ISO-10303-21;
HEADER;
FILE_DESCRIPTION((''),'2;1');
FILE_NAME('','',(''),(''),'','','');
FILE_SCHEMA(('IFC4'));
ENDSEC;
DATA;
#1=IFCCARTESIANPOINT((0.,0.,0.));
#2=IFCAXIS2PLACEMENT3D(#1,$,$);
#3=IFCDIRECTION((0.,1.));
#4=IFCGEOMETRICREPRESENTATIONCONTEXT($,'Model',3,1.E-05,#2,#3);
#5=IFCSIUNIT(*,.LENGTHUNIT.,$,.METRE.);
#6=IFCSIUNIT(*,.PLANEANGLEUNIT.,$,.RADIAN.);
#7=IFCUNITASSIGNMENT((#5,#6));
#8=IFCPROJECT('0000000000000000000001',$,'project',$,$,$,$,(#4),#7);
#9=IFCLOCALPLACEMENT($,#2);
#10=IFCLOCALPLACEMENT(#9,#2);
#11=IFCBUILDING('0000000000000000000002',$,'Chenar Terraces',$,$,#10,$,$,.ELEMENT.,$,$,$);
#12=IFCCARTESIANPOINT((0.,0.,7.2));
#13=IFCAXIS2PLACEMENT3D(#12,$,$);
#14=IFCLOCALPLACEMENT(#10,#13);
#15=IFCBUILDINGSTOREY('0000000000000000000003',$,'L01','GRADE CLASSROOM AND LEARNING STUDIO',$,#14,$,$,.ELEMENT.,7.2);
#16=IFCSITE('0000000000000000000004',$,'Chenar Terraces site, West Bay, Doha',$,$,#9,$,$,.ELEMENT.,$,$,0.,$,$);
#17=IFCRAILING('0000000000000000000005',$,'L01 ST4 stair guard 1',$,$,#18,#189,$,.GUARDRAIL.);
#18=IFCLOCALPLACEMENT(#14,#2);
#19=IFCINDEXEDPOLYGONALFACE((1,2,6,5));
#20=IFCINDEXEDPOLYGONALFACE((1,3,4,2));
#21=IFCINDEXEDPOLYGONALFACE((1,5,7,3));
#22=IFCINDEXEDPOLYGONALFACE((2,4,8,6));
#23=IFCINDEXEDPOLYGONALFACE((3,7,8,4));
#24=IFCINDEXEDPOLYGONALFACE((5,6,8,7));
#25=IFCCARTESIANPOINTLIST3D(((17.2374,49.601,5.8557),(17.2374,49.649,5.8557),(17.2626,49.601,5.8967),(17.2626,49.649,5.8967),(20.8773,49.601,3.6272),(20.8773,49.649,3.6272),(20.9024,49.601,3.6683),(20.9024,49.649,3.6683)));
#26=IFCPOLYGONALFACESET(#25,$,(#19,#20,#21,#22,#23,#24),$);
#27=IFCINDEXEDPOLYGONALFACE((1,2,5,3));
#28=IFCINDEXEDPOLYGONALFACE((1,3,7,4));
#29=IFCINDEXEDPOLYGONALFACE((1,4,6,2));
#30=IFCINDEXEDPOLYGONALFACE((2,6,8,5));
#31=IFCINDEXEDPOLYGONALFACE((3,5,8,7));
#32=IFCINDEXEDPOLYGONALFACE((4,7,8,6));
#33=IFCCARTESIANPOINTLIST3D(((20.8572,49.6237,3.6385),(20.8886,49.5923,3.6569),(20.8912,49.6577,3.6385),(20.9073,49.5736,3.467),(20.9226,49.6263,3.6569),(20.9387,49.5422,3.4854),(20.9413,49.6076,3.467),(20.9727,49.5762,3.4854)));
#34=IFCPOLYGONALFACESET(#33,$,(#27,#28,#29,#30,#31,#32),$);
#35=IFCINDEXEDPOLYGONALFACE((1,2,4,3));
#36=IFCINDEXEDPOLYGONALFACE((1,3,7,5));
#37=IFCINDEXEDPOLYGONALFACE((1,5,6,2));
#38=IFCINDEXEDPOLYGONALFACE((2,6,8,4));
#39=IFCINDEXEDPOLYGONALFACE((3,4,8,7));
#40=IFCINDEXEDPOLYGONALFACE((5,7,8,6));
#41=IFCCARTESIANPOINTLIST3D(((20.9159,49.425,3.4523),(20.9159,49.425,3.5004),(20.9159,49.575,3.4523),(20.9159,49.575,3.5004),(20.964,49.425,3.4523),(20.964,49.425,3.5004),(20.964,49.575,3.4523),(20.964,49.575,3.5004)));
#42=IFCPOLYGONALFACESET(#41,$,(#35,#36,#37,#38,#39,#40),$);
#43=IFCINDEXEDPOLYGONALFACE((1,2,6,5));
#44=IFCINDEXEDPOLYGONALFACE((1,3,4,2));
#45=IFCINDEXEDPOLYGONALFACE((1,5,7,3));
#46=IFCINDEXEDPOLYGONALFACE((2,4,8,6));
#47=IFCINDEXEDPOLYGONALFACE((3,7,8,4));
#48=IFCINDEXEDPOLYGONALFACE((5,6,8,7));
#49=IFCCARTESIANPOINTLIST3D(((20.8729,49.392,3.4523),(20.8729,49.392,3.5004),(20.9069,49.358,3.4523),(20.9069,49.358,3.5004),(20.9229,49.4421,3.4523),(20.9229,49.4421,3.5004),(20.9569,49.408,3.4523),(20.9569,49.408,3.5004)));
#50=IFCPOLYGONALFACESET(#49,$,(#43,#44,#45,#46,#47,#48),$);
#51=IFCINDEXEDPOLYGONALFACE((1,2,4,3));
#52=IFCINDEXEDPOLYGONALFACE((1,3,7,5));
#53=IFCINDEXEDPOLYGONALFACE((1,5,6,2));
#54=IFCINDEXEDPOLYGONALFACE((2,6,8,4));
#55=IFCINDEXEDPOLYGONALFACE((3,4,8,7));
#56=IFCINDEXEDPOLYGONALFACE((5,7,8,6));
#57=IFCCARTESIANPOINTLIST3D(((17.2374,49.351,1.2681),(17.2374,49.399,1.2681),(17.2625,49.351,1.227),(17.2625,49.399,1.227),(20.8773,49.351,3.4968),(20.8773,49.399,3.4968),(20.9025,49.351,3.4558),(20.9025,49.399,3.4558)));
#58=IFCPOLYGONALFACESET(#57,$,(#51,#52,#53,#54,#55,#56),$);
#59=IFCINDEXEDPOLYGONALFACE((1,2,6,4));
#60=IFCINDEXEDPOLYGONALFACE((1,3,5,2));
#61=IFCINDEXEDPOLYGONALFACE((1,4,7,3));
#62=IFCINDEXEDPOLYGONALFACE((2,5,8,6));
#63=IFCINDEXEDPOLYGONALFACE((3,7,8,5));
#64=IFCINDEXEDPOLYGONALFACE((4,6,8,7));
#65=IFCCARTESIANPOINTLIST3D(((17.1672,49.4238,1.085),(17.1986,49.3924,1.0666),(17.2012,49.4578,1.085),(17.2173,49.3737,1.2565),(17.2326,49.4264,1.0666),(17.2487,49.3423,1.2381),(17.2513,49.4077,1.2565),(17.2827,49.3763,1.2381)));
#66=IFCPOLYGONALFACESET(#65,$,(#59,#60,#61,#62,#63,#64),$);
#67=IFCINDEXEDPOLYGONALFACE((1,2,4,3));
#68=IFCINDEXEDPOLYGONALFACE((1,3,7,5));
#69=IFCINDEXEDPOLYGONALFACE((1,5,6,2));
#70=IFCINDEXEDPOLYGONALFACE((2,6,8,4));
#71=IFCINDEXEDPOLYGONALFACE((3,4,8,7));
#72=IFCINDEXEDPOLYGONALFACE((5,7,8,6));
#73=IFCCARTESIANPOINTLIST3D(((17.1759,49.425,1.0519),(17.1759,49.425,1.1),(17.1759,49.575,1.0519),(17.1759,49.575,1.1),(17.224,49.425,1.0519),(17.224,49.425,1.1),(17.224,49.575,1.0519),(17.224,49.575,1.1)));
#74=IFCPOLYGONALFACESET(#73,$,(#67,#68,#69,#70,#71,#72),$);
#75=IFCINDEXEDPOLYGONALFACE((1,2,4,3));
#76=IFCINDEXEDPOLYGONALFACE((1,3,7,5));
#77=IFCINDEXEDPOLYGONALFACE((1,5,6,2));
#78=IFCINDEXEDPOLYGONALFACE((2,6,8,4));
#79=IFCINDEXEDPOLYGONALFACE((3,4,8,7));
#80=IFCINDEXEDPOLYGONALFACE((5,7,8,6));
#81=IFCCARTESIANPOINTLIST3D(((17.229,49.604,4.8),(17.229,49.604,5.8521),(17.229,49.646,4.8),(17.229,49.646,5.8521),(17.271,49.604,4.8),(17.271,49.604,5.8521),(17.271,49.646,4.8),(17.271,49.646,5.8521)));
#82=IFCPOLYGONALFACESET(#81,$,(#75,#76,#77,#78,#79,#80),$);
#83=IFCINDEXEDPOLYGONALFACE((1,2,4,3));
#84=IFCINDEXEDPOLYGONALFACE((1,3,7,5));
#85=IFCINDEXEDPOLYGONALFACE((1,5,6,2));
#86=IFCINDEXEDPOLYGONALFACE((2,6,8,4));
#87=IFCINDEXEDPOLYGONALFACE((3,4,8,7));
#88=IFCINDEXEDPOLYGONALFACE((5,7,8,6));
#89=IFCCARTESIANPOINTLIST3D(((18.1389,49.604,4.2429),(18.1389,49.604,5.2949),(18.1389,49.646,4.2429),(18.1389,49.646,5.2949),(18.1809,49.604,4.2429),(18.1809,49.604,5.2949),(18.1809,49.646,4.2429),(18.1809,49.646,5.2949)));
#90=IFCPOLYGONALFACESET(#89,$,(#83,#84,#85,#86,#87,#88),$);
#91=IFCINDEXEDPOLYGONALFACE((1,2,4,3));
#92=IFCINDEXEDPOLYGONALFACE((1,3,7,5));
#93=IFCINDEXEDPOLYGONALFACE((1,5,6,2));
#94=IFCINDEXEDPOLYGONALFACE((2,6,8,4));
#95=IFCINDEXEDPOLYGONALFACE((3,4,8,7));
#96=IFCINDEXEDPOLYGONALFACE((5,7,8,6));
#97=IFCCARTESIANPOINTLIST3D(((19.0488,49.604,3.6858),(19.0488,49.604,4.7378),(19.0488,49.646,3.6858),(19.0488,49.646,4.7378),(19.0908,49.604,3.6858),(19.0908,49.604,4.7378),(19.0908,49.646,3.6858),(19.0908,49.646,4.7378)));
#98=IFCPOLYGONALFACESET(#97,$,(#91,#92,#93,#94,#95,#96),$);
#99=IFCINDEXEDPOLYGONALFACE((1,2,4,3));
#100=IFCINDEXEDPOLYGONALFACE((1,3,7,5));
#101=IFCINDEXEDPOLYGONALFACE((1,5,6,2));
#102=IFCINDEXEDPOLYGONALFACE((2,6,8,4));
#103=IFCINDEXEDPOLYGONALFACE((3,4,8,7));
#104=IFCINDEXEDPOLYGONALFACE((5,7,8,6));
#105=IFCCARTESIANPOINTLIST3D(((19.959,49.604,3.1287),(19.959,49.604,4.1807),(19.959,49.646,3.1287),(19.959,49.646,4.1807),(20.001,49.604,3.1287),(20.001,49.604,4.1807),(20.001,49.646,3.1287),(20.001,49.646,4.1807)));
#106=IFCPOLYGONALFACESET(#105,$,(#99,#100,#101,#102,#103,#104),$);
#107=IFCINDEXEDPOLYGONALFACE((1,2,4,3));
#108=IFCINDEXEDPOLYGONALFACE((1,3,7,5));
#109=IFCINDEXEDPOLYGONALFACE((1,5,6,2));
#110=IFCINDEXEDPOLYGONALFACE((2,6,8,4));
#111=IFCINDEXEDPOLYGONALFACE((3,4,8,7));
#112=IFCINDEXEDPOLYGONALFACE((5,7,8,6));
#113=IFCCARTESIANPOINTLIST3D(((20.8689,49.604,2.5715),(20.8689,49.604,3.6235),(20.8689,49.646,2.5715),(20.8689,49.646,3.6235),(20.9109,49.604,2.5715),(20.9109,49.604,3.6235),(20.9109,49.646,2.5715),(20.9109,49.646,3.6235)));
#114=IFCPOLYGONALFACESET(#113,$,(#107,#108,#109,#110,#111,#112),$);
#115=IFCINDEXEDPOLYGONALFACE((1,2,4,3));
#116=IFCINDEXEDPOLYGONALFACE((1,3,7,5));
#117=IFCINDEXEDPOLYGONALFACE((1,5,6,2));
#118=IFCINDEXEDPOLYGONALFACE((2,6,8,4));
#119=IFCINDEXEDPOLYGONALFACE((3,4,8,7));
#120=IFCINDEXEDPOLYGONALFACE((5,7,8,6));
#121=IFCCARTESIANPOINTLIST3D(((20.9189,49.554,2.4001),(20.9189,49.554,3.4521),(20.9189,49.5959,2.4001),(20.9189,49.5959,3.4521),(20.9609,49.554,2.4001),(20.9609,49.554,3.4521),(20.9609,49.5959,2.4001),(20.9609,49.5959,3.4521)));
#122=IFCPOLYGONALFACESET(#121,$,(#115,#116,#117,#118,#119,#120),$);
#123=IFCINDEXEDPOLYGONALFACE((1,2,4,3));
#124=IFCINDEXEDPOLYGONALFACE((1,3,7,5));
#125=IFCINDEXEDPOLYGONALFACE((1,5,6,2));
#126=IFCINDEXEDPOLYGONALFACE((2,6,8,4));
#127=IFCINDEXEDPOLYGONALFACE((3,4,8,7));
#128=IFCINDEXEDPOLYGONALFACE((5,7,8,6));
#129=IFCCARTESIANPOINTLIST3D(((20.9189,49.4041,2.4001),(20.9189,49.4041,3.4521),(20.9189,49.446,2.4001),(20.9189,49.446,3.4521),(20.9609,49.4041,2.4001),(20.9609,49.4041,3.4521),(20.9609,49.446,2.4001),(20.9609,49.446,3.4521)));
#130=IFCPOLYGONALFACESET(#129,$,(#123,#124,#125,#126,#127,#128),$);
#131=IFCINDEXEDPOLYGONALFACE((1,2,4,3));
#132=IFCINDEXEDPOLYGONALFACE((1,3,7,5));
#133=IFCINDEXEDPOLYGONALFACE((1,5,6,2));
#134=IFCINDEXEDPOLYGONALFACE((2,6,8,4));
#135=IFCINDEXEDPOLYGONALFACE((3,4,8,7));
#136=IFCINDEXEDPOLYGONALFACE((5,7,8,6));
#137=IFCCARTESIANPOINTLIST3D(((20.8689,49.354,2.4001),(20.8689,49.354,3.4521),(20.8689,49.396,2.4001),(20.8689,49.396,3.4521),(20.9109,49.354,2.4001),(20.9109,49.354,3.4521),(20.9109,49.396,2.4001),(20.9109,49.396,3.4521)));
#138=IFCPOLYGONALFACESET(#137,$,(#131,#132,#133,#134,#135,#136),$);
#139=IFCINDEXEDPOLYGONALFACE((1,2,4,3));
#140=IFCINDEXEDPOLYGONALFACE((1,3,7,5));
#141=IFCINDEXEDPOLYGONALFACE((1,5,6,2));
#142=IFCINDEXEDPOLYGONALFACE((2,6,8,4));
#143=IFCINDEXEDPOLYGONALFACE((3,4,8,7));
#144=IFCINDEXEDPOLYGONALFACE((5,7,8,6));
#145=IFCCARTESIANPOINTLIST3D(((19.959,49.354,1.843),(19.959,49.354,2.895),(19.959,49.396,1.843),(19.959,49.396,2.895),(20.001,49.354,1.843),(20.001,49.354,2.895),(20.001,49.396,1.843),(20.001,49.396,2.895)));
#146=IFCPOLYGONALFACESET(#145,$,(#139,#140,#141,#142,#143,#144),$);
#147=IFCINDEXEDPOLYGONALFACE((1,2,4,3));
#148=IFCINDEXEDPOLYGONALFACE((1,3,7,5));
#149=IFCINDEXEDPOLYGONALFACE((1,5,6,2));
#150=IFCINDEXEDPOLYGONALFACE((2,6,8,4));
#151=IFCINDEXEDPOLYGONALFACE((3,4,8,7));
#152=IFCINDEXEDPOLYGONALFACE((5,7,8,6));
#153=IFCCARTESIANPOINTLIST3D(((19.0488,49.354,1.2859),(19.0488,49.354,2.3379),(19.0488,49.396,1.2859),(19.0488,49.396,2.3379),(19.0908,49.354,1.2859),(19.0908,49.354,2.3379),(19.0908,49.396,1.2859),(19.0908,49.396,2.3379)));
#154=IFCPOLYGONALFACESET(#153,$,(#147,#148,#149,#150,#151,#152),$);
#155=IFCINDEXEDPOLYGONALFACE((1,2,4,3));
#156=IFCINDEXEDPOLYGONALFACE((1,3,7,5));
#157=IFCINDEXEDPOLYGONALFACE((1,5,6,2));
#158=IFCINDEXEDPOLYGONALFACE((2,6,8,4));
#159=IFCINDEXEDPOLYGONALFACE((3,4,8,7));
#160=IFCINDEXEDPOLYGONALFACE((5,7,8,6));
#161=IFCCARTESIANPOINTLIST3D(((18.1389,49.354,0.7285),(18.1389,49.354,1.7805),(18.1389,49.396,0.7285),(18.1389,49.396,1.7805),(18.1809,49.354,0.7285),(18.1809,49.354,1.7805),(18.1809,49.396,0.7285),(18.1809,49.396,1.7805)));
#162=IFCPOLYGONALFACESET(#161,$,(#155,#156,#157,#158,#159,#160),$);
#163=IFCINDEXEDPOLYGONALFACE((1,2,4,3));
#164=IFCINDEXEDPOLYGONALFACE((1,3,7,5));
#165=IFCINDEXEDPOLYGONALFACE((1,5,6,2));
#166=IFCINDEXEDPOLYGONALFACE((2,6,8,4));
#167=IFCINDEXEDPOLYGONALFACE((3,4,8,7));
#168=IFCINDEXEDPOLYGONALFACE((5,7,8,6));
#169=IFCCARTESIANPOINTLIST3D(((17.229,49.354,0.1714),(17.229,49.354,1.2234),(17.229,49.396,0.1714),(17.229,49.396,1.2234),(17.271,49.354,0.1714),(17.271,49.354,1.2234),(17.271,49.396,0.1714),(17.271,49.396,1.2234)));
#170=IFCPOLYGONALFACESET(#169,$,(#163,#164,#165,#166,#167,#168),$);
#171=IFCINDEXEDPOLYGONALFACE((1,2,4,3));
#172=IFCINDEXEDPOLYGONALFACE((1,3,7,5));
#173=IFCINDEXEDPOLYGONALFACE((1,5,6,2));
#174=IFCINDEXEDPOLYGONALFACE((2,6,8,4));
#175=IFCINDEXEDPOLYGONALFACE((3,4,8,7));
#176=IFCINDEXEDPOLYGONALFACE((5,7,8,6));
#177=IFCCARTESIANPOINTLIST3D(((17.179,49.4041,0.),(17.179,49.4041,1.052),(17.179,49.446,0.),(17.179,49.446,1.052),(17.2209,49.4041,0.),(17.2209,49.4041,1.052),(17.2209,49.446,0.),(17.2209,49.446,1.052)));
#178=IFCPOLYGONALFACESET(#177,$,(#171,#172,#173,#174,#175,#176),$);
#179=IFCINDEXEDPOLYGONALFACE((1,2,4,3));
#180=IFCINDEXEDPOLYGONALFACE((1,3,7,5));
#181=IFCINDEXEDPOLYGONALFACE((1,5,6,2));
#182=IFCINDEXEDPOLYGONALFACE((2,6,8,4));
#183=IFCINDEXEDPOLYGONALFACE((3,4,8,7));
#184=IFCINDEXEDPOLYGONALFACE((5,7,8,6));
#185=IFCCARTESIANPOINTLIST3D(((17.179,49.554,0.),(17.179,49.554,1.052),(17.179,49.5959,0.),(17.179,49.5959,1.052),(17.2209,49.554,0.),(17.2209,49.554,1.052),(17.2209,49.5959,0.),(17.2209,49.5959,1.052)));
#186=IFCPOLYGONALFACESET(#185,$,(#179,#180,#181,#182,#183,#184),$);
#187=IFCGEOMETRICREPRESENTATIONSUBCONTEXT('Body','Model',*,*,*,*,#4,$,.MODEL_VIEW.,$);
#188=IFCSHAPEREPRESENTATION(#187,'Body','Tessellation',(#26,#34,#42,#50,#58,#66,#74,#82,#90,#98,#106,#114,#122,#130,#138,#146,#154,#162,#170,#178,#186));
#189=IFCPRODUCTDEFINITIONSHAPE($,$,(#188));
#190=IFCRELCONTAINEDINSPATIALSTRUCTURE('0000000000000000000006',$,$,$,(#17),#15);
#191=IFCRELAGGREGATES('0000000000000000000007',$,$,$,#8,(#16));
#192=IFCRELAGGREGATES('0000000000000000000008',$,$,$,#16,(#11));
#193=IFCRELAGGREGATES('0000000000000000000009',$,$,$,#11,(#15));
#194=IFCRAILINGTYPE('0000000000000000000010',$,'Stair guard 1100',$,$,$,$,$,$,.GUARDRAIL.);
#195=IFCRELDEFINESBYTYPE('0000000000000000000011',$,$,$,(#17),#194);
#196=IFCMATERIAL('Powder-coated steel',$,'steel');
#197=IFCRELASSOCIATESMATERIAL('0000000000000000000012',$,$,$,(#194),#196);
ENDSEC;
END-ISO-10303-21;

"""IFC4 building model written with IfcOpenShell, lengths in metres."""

from ifc_helpers import new_model, si_unit, direction, frame, origin, origin_2d, place, context, subcontext, project, spatial, rectangle, extrude, material, type_object, element, save


model = new_model("IFC4")

# Units and contexts
model_context = context("Model", 3, precision=1e-05, world=origin(), true_north=direction((0.0, 1.0)))
body_context = subcontext(model_context, "Body", "Model", "MODEL_VIEW")
ifc_project = project(units=[si_unit("LENGTHUNIT", "METRE"), si_unit("PLANEANGLEUNIT", "RADIAN")], contexts=[model_context])

# Site, building, storey
site_placement = place(None, origin())
site = spatial("IfcSite", under=ifc_project, at=site_placement, Name="Chenar Terraces site, West Bay, Doha", CompositionType="ELEMENT", RefElevation=0.0)
building_placement = place(site_placement, origin())
building = spatial("IfcBuilding", under=site, at=building_placement, Name="Chenar Terraces", CompositionType="ELEMENT")
storey_placement = place(building_placement, frame((0.0, 0.0, 7.2)))
storey = spatial("IfcBuildingStorey", under=building, at=storey_placement, Name="L01", Description="GRADE CLASSROOM AND LEARNING STUDIO", CompositionType="ELEMENT", Elevation=7.2)

# Railing
ifc_material_1 = material(Name="Powder-coated steel", Category="steel")
railing_type_1 = type_object("IfcRailingType", Name="Stair guard 1100", PredefinedType="GUARDRAIL", material=ifc_material_1)
railing_1_placement = place(storey_placement, frame((17.25, 49.625, 4.8)))
element("IfcRailing", 1, at=railing_1_placement, inside=storey, type_object=railing_type_1, Name="L01 ST4 stair guard 1", PredefinedType="GUARDRAIL", context=body_context, shape_type="SweptSolid", body=[
    extrude(rectangle(XDim=0.0481, YDim=0.0481, at=origin_2d()), frame((0.0, 0.0, 1.0762), z_axis=(0.85285, 0.0, -0.522156), x_axis=(0.0, 1.0, 0.0)), (0.0, 0.0, 1.0), 4.2678),
    extrude(rectangle(XDim=0.0481, YDim=0.0481, at=origin_2d()), frame((3.6399, 0.0, -1.1523), z_axis=(0.269911, -0.269911, -0.924281), x_axis=(0.707107, 0.707107, 0.0)), (0.0, 0.0, 1.0), 0.1855),
    extrude(rectangle(XDim=0.0481, YDim=0.0481, at=origin_2d()), frame((3.6899, -0.05, -1.3237), z_axis=(0.0, -1.0, 0.0), x_axis=(1.0, 0.0, 0.0)), (0.0, 0.0, 1.0), 0.1499),
    extrude(rectangle(XDim=0.0481, YDim=0.0481, at=origin_2d()), frame((3.6899, -0.2, -1.3237), z_axis=(-0.707107, -0.707107, 0.0), x_axis=(0.707107, -0.707107, 0.0)), (0.0, 0.0, 1.0), 0.0708),
    extrude(rectangle(XDim=0.0481, YDim=0.0481, at=origin_2d()), frame((3.6399, -0.25, -1.3237), z_axis=(-0.852825, 0.0, -0.522197), x_axis=(0.0, -1.0, 0.0)), (0.0, 0.0, 1.0), 4.2681),
    extrude(rectangle(XDim=0.0481, YDim=0.0481, at=origin_2d()), frame((0.0, -0.25, -3.5527), z_axis=(-0.269911, 0.269911, -0.924281), x_axis=(-0.707107, -0.707107, 0.0)), (0.0, 0.0, 1.0), 0.1855),
    extrude(rectangle(XDim=0.0481, YDim=0.0481, at=origin_2d()), frame((-0.05, -0.2, -3.7241), z_axis=(0.0, 1.0, 0.0), x_axis=(-1.0, 0.0, 0.0)), (0.0, 0.0, 1.0), 0.1499),
    extrude(rectangle(XDim=0.042, YDim=0.042, at=origin_2d()), origin(), (0.0, 0.0, 1.0), 1.052),
    extrude(rectangle(XDim=0.042, YDim=0.042, at=origin_2d()), frame((0.9099, 0.0, -0.5571)), (0.0, 0.0, 1.0), 1.052),
    extrude(rectangle(XDim=0.042, YDim=0.042, at=origin_2d()), frame((1.8198, 0.0, -1.1143)), (0.0, 0.0, 1.0), 1.052),
    extrude(rectangle(XDim=0.042, YDim=0.042, at=origin_2d()), frame((2.73, 0.0, -1.6714)), (0.0, 0.0, 1.0), 1.052),
    extrude(rectangle(XDim=0.042, YDim=0.042, at=origin_2d()), frame((3.6399, 0.0, -2.2285)), (0.0, 0.0, 1.0), 1.052),
    extrude(rectangle(XDim=0.042, YDim=0.042, at=origin_2d()), frame((3.6899, -0.05, -2.3999)), (0.0, 0.0, 1.0), 1.052),
    extrude(rectangle(XDim=0.042, YDim=0.042, at=origin_2d()), frame((3.6899, -0.2, -2.3999)), (0.0, 0.0, 1.0), 1.052),
    extrude(rectangle(XDim=0.042, YDim=0.042, at=origin_2d()), frame((3.6399, -0.25, -2.3999)), (0.0, 0.0, 1.0), 1.052),
    extrude(rectangle(XDim=0.042, YDim=0.042, at=origin_2d()), frame((2.73, -0.25, -2.957)), (0.0, 0.0, 1.0), 1.052),
    extrude(rectangle(XDim=0.042, YDim=0.042, at=origin_2d()), frame((1.8198, -0.25, -3.5142)), (0.0, 0.0, 1.0), 1.052),
    extrude(rectangle(XDim=0.042, YDim=0.042, at=origin_2d()), frame((0.9099, -0.25, -4.0715)), (0.0, 0.0, 1.0), 1.052),
    extrude(rectangle(XDim=0.042, YDim=0.042, at=origin_2d()), frame((0.0, -0.25, -4.6287)), (0.0, 0.0, 1.0), 1.052),
    extrude(rectangle(XDim=0.042, YDim=0.042, at=origin_2d()), frame((-0.05, -0.2, -4.8)), (0.0, 0.0, 1.0), 1.052),
    extrude(rectangle(XDim=0.042, YDim=0.042, at=origin_2d()), frame((-0.05, -0.05, -4.8)), (0.0, 0.0, 1.0), 1.052),
])

save(model, "model.ifc")
